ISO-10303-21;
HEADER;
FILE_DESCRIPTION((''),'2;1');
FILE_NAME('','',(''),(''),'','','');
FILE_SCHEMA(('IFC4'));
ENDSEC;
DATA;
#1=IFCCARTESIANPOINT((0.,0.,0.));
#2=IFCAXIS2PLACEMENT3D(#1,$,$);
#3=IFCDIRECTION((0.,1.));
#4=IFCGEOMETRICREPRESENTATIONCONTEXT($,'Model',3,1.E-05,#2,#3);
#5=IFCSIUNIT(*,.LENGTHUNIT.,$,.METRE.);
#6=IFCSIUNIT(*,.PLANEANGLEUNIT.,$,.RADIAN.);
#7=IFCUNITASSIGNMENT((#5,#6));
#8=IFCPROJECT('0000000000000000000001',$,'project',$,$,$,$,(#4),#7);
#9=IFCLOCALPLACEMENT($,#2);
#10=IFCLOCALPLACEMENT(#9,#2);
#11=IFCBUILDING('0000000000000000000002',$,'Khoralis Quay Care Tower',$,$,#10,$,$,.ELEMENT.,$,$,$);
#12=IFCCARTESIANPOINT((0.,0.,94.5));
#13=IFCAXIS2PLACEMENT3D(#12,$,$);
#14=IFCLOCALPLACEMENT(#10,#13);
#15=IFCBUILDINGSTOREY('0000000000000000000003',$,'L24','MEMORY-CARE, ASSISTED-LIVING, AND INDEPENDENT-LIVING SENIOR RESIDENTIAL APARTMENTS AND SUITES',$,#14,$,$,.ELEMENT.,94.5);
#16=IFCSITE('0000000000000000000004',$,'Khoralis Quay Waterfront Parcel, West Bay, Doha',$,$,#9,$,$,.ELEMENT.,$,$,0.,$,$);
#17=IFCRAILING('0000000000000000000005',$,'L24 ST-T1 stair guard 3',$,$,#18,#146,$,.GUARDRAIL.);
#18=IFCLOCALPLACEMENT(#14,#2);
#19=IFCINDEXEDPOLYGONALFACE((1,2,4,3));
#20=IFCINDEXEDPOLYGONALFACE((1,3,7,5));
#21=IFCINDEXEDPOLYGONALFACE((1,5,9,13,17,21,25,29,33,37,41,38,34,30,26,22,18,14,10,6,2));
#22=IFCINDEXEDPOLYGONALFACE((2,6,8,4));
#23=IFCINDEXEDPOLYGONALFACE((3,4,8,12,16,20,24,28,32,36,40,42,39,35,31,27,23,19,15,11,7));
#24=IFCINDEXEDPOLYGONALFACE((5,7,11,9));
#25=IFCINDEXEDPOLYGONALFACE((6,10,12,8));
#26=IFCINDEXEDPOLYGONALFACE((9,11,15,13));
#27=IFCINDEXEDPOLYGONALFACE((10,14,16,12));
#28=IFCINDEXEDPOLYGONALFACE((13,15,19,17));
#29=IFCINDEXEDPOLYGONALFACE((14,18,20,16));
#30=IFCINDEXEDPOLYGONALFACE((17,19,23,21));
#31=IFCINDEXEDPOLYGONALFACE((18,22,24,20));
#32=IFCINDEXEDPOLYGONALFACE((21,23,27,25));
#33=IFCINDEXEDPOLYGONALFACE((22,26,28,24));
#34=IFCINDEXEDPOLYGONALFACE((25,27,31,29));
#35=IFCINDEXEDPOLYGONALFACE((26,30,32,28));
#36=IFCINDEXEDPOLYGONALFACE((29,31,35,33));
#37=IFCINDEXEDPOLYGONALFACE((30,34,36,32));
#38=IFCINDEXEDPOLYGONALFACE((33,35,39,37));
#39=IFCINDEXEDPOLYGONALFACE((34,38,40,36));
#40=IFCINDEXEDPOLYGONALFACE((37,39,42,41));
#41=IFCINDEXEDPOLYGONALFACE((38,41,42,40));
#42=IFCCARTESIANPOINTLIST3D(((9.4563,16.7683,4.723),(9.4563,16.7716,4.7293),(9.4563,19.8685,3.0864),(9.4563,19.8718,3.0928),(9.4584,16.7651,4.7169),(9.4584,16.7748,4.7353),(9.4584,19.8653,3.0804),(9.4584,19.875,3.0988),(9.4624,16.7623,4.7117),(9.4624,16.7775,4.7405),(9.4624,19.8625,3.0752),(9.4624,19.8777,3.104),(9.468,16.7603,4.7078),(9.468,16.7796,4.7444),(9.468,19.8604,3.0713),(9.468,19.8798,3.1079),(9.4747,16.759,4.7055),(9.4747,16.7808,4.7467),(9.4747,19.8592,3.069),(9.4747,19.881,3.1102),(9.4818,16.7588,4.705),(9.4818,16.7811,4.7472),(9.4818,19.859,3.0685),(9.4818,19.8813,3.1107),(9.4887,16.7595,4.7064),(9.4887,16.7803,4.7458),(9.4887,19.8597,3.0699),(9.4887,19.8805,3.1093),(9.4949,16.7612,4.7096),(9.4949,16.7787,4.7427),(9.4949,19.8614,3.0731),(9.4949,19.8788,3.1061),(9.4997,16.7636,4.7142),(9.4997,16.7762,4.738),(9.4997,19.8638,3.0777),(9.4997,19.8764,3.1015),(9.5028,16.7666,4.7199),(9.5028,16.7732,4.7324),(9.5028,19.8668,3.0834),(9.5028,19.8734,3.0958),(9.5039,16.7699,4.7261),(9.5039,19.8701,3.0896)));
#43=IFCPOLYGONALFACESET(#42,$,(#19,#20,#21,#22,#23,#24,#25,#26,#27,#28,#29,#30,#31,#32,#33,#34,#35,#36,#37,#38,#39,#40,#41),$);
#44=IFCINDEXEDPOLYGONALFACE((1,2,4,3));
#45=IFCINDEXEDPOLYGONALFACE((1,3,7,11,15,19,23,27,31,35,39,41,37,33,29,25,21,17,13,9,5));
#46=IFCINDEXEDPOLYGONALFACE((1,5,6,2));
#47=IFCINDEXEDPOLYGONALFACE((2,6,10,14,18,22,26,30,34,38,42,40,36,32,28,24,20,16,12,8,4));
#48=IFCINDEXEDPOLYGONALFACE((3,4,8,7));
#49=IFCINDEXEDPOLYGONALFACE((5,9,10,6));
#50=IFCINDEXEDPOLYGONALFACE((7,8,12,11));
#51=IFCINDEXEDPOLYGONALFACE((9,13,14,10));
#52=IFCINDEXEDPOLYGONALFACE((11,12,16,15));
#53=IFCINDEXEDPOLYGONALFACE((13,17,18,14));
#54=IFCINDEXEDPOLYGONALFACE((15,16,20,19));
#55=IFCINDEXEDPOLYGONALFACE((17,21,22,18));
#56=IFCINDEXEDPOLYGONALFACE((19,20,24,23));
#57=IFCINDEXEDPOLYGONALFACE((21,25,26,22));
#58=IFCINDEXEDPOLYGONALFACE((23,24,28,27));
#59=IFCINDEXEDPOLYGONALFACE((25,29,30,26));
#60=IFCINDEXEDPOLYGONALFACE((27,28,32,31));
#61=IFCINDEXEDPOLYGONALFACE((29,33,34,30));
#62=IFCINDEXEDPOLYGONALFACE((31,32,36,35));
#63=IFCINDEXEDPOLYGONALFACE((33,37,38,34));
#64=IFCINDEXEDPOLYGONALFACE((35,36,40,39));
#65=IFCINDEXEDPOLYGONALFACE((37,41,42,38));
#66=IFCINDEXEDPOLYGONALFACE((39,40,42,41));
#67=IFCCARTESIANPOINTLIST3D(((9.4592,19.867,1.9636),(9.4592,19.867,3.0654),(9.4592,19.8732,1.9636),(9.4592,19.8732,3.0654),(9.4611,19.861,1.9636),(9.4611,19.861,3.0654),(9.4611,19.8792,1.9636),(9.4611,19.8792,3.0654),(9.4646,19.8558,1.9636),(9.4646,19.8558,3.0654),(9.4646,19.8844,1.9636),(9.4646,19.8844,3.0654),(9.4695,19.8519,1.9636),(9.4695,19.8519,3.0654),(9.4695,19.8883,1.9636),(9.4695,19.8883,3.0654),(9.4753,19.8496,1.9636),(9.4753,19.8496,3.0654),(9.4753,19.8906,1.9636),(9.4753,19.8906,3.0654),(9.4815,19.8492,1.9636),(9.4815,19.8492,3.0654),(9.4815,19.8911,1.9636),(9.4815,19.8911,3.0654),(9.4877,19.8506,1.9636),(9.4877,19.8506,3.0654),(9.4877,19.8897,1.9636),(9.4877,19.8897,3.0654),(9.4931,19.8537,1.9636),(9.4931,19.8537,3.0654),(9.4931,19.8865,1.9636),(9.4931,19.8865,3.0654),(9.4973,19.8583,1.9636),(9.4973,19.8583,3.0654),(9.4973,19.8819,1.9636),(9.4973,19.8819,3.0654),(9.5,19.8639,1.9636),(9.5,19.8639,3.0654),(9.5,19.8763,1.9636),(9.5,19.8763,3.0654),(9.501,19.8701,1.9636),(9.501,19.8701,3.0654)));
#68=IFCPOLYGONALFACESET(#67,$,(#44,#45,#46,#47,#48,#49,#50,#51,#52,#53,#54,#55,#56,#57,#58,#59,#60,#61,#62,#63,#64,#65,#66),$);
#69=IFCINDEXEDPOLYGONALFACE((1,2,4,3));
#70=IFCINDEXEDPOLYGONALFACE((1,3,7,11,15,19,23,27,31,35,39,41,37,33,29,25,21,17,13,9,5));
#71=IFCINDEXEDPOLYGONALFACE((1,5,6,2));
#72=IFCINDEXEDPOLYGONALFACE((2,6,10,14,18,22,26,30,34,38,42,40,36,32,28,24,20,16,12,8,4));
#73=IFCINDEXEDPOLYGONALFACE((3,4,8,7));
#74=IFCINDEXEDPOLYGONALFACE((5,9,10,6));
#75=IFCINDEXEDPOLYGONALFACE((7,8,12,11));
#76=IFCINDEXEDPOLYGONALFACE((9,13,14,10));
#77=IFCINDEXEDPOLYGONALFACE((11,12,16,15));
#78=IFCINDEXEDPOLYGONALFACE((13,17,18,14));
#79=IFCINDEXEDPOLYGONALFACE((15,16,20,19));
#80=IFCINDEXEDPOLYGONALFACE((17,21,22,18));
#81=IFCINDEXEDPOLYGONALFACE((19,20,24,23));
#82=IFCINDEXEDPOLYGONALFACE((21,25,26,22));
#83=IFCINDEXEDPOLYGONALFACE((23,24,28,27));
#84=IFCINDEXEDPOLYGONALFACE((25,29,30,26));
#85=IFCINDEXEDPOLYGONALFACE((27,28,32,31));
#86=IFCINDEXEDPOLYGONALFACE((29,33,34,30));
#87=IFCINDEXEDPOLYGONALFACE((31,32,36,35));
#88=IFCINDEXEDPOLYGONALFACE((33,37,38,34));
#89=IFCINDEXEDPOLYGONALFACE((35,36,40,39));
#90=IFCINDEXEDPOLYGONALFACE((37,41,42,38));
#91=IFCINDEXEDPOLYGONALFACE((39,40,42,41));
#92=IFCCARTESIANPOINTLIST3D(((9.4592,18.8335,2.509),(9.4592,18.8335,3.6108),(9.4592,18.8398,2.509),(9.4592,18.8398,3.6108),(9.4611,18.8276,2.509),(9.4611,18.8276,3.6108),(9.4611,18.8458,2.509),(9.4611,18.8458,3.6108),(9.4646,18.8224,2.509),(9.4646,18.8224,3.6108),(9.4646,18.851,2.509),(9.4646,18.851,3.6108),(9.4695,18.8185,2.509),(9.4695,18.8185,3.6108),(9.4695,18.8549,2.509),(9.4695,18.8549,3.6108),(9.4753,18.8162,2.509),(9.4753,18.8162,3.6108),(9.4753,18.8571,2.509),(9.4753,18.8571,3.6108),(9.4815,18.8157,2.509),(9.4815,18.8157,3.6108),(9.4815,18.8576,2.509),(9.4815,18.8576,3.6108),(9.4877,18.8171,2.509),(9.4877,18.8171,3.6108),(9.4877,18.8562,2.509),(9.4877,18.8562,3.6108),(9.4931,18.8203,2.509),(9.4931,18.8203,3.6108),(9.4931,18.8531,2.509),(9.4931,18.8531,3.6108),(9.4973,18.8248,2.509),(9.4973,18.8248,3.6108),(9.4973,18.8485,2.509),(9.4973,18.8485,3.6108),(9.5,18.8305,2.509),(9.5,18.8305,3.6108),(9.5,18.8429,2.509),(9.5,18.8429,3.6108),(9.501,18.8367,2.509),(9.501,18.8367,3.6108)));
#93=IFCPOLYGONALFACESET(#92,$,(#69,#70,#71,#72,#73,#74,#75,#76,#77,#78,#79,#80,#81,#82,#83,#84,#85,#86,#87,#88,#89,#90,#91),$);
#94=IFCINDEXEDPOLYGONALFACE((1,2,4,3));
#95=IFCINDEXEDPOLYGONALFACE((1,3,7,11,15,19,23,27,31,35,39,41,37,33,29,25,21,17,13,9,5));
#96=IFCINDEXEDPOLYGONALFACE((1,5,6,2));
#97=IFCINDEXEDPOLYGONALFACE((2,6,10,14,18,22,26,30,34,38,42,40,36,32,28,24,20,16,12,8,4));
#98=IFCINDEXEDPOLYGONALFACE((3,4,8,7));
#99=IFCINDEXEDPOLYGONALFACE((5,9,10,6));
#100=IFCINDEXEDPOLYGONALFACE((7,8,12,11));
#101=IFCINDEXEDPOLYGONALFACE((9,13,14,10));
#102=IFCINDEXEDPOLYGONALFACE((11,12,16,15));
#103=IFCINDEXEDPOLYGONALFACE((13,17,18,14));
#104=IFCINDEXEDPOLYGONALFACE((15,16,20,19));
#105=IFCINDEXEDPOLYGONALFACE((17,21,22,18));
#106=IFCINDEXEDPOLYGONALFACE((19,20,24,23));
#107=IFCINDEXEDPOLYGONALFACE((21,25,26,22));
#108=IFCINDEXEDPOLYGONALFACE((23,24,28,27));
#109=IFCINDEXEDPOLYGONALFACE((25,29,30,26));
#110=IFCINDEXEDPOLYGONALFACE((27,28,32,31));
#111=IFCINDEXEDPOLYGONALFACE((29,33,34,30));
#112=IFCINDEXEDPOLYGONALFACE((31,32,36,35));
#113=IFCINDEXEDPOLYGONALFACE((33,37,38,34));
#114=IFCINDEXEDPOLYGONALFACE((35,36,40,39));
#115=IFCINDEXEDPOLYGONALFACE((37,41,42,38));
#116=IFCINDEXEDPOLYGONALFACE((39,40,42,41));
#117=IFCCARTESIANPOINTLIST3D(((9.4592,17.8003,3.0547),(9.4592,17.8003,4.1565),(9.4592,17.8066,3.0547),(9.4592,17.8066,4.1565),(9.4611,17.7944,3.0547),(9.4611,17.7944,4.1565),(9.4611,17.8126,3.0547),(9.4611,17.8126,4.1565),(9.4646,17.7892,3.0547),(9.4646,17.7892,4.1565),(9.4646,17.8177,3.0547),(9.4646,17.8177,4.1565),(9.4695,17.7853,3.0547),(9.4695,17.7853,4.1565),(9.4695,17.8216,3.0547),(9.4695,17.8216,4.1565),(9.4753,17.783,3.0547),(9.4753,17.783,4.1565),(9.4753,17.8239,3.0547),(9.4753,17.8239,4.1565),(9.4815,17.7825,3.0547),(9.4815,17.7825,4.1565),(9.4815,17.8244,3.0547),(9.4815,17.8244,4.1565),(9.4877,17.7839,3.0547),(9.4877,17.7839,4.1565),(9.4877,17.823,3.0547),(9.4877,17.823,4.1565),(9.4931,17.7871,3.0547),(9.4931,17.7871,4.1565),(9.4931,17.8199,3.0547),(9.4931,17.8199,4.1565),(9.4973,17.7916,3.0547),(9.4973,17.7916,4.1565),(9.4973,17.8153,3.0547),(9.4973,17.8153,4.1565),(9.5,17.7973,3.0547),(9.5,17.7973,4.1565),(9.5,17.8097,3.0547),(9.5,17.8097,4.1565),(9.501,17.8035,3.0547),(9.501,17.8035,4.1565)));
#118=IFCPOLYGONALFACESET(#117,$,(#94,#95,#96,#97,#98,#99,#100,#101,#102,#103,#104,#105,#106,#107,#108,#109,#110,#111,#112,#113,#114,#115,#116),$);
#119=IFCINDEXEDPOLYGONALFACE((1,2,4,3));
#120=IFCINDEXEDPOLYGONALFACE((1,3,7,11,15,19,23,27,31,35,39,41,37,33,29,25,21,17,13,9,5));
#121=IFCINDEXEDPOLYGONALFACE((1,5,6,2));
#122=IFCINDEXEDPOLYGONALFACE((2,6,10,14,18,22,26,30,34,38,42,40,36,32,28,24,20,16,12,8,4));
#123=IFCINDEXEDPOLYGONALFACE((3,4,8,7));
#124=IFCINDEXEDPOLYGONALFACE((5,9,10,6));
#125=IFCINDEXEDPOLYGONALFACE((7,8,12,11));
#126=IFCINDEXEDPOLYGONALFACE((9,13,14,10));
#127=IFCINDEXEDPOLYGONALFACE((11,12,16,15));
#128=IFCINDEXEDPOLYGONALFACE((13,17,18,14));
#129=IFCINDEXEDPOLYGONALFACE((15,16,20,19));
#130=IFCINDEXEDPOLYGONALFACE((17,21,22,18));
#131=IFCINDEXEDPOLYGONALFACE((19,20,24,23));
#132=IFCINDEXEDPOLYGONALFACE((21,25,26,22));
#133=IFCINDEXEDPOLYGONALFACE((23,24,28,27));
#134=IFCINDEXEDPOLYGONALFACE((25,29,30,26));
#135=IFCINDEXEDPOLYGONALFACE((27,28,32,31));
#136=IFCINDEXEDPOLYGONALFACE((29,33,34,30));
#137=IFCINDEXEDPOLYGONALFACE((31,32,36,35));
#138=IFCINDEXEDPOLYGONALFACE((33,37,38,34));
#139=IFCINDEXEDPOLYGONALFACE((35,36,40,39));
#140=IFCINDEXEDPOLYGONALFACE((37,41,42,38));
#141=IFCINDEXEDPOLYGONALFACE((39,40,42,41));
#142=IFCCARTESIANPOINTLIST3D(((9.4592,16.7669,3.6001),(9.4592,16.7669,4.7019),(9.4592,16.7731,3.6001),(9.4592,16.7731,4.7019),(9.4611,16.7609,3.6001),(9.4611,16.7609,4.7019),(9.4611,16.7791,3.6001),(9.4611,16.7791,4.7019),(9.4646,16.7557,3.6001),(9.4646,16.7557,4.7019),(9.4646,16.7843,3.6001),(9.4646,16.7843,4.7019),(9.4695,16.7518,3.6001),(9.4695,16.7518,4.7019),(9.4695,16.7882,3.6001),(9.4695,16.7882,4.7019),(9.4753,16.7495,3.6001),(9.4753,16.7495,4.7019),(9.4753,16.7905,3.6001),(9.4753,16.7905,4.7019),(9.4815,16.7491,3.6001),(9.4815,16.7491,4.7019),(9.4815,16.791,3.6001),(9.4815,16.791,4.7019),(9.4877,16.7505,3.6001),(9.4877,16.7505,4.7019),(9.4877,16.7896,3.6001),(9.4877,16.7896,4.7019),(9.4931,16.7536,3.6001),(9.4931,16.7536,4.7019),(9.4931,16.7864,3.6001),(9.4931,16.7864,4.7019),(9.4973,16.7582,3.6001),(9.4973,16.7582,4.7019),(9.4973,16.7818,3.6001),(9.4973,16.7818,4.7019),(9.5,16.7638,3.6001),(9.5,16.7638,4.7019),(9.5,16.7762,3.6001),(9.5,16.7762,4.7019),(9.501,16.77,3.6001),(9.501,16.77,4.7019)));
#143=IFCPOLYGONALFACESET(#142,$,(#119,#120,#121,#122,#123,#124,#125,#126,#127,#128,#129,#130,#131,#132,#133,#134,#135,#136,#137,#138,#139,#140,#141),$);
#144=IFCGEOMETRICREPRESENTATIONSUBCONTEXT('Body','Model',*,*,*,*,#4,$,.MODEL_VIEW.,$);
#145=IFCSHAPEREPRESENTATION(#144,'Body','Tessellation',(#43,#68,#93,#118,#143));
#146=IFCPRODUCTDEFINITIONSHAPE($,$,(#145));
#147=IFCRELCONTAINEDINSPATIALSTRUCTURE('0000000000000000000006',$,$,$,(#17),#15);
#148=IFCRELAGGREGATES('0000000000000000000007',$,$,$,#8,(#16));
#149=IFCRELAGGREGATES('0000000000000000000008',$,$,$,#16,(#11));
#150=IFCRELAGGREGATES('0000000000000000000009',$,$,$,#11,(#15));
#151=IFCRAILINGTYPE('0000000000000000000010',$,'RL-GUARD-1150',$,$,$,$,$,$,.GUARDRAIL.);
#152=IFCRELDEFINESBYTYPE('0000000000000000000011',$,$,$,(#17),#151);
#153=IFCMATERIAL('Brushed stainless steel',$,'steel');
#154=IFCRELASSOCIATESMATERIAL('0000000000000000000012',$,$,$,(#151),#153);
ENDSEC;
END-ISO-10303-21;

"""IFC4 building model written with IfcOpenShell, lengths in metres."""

from ifc_helpers import new_model, si_unit, direction, frame, origin, origin_2d, place, context, subcontext, project, spatial, circle, extrude, material, type_object, element, save


model = new_model("IFC4")

# Units and contexts
model_context = context("Model", 3, precision=1e-05, world=origin(), true_north=direction((0.0, 1.0)))
body_context = subcontext(model_context, "Body", "Model", "MODEL_VIEW")
ifc_project = project(units=[si_unit("LENGTHUNIT", "METRE"), si_unit("PLANEANGLEUNIT", "RADIAN")], contexts=[model_context])

# Site, building, storey
site_placement = place(None, origin())
site = spatial("IfcSite", under=ifc_project, at=site_placement, Name="Khoralis Quay Waterfront Parcel, West Bay, Doha", CompositionType="ELEMENT", RefElevation=0.0)
building_placement = place(site_placement, origin())
building = spatial("IfcBuilding", under=site, at=building_placement, Name="Khoralis Quay Care Tower", CompositionType="ELEMENT")
storey_placement = place(building_placement, frame((0.0, 0.0, 94.5)))
storey = spatial("IfcBuildingStorey", under=building, at=storey_placement, Name="L24", Description="MEMORY-CARE, ASSISTED-LIVING, AND INDEPENDENT-LIVING SENIOR RESIDENTIAL APARTMENTS AND SUITES", CompositionType="ELEMENT", Elevation=94.5)

# Shared definitions
ifc_material_1 = material(Name="Brushed stainless steel", Category="steel")

# Railing
railing_type_1 = type_object("IfcRailingType", Name="RL-GUARD-1150", PredefinedType="GUARDRAIL", material=ifc_material_1)
railing_1_placement = place(storey_placement, frame((9.48, 19.8701, 1.9636)))
element("IfcRailing", 1, at=railing_1_placement, inside=storey, type_object=railing_type_1, Name="L24 ST-T1 stair guard 3", PredefinedType="GUARDRAIL", context=body_context, shape_type="SweptSolid", body=[
    extrude(circle(Radius=0.0239, at=origin_2d()), frame((0.0, 0.0, 1.126), z_axis=(0.0, -0.884348, 0.466828), x_axis=(1.0, 0.0, 0.0)), (0.0, 0.0, 1.0), 3.5056),
    extrude(circle(Radius=0.021, at=origin_2d()), origin(), (0.0, 0.0, 1.0), 1.1018),
    extrude(circle(Radius=0.021, at=origin_2d()), frame((0.0, -1.0334, 0.5454)), (0.0, 0.0, 1.0), 1.1018),
    extrude(circle(Radius=0.021, at=origin_2d()), frame((0.0, -2.0667, 1.0911)), (0.0, 0.0, 1.0), 1.1018),
    extrude(circle(Radius=0.021, at=origin_2d()), frame((0.0, -3.1001, 1.6365)), (0.0, 0.0, 1.0), 1.1018),
])

save(model, "model.ifc")
